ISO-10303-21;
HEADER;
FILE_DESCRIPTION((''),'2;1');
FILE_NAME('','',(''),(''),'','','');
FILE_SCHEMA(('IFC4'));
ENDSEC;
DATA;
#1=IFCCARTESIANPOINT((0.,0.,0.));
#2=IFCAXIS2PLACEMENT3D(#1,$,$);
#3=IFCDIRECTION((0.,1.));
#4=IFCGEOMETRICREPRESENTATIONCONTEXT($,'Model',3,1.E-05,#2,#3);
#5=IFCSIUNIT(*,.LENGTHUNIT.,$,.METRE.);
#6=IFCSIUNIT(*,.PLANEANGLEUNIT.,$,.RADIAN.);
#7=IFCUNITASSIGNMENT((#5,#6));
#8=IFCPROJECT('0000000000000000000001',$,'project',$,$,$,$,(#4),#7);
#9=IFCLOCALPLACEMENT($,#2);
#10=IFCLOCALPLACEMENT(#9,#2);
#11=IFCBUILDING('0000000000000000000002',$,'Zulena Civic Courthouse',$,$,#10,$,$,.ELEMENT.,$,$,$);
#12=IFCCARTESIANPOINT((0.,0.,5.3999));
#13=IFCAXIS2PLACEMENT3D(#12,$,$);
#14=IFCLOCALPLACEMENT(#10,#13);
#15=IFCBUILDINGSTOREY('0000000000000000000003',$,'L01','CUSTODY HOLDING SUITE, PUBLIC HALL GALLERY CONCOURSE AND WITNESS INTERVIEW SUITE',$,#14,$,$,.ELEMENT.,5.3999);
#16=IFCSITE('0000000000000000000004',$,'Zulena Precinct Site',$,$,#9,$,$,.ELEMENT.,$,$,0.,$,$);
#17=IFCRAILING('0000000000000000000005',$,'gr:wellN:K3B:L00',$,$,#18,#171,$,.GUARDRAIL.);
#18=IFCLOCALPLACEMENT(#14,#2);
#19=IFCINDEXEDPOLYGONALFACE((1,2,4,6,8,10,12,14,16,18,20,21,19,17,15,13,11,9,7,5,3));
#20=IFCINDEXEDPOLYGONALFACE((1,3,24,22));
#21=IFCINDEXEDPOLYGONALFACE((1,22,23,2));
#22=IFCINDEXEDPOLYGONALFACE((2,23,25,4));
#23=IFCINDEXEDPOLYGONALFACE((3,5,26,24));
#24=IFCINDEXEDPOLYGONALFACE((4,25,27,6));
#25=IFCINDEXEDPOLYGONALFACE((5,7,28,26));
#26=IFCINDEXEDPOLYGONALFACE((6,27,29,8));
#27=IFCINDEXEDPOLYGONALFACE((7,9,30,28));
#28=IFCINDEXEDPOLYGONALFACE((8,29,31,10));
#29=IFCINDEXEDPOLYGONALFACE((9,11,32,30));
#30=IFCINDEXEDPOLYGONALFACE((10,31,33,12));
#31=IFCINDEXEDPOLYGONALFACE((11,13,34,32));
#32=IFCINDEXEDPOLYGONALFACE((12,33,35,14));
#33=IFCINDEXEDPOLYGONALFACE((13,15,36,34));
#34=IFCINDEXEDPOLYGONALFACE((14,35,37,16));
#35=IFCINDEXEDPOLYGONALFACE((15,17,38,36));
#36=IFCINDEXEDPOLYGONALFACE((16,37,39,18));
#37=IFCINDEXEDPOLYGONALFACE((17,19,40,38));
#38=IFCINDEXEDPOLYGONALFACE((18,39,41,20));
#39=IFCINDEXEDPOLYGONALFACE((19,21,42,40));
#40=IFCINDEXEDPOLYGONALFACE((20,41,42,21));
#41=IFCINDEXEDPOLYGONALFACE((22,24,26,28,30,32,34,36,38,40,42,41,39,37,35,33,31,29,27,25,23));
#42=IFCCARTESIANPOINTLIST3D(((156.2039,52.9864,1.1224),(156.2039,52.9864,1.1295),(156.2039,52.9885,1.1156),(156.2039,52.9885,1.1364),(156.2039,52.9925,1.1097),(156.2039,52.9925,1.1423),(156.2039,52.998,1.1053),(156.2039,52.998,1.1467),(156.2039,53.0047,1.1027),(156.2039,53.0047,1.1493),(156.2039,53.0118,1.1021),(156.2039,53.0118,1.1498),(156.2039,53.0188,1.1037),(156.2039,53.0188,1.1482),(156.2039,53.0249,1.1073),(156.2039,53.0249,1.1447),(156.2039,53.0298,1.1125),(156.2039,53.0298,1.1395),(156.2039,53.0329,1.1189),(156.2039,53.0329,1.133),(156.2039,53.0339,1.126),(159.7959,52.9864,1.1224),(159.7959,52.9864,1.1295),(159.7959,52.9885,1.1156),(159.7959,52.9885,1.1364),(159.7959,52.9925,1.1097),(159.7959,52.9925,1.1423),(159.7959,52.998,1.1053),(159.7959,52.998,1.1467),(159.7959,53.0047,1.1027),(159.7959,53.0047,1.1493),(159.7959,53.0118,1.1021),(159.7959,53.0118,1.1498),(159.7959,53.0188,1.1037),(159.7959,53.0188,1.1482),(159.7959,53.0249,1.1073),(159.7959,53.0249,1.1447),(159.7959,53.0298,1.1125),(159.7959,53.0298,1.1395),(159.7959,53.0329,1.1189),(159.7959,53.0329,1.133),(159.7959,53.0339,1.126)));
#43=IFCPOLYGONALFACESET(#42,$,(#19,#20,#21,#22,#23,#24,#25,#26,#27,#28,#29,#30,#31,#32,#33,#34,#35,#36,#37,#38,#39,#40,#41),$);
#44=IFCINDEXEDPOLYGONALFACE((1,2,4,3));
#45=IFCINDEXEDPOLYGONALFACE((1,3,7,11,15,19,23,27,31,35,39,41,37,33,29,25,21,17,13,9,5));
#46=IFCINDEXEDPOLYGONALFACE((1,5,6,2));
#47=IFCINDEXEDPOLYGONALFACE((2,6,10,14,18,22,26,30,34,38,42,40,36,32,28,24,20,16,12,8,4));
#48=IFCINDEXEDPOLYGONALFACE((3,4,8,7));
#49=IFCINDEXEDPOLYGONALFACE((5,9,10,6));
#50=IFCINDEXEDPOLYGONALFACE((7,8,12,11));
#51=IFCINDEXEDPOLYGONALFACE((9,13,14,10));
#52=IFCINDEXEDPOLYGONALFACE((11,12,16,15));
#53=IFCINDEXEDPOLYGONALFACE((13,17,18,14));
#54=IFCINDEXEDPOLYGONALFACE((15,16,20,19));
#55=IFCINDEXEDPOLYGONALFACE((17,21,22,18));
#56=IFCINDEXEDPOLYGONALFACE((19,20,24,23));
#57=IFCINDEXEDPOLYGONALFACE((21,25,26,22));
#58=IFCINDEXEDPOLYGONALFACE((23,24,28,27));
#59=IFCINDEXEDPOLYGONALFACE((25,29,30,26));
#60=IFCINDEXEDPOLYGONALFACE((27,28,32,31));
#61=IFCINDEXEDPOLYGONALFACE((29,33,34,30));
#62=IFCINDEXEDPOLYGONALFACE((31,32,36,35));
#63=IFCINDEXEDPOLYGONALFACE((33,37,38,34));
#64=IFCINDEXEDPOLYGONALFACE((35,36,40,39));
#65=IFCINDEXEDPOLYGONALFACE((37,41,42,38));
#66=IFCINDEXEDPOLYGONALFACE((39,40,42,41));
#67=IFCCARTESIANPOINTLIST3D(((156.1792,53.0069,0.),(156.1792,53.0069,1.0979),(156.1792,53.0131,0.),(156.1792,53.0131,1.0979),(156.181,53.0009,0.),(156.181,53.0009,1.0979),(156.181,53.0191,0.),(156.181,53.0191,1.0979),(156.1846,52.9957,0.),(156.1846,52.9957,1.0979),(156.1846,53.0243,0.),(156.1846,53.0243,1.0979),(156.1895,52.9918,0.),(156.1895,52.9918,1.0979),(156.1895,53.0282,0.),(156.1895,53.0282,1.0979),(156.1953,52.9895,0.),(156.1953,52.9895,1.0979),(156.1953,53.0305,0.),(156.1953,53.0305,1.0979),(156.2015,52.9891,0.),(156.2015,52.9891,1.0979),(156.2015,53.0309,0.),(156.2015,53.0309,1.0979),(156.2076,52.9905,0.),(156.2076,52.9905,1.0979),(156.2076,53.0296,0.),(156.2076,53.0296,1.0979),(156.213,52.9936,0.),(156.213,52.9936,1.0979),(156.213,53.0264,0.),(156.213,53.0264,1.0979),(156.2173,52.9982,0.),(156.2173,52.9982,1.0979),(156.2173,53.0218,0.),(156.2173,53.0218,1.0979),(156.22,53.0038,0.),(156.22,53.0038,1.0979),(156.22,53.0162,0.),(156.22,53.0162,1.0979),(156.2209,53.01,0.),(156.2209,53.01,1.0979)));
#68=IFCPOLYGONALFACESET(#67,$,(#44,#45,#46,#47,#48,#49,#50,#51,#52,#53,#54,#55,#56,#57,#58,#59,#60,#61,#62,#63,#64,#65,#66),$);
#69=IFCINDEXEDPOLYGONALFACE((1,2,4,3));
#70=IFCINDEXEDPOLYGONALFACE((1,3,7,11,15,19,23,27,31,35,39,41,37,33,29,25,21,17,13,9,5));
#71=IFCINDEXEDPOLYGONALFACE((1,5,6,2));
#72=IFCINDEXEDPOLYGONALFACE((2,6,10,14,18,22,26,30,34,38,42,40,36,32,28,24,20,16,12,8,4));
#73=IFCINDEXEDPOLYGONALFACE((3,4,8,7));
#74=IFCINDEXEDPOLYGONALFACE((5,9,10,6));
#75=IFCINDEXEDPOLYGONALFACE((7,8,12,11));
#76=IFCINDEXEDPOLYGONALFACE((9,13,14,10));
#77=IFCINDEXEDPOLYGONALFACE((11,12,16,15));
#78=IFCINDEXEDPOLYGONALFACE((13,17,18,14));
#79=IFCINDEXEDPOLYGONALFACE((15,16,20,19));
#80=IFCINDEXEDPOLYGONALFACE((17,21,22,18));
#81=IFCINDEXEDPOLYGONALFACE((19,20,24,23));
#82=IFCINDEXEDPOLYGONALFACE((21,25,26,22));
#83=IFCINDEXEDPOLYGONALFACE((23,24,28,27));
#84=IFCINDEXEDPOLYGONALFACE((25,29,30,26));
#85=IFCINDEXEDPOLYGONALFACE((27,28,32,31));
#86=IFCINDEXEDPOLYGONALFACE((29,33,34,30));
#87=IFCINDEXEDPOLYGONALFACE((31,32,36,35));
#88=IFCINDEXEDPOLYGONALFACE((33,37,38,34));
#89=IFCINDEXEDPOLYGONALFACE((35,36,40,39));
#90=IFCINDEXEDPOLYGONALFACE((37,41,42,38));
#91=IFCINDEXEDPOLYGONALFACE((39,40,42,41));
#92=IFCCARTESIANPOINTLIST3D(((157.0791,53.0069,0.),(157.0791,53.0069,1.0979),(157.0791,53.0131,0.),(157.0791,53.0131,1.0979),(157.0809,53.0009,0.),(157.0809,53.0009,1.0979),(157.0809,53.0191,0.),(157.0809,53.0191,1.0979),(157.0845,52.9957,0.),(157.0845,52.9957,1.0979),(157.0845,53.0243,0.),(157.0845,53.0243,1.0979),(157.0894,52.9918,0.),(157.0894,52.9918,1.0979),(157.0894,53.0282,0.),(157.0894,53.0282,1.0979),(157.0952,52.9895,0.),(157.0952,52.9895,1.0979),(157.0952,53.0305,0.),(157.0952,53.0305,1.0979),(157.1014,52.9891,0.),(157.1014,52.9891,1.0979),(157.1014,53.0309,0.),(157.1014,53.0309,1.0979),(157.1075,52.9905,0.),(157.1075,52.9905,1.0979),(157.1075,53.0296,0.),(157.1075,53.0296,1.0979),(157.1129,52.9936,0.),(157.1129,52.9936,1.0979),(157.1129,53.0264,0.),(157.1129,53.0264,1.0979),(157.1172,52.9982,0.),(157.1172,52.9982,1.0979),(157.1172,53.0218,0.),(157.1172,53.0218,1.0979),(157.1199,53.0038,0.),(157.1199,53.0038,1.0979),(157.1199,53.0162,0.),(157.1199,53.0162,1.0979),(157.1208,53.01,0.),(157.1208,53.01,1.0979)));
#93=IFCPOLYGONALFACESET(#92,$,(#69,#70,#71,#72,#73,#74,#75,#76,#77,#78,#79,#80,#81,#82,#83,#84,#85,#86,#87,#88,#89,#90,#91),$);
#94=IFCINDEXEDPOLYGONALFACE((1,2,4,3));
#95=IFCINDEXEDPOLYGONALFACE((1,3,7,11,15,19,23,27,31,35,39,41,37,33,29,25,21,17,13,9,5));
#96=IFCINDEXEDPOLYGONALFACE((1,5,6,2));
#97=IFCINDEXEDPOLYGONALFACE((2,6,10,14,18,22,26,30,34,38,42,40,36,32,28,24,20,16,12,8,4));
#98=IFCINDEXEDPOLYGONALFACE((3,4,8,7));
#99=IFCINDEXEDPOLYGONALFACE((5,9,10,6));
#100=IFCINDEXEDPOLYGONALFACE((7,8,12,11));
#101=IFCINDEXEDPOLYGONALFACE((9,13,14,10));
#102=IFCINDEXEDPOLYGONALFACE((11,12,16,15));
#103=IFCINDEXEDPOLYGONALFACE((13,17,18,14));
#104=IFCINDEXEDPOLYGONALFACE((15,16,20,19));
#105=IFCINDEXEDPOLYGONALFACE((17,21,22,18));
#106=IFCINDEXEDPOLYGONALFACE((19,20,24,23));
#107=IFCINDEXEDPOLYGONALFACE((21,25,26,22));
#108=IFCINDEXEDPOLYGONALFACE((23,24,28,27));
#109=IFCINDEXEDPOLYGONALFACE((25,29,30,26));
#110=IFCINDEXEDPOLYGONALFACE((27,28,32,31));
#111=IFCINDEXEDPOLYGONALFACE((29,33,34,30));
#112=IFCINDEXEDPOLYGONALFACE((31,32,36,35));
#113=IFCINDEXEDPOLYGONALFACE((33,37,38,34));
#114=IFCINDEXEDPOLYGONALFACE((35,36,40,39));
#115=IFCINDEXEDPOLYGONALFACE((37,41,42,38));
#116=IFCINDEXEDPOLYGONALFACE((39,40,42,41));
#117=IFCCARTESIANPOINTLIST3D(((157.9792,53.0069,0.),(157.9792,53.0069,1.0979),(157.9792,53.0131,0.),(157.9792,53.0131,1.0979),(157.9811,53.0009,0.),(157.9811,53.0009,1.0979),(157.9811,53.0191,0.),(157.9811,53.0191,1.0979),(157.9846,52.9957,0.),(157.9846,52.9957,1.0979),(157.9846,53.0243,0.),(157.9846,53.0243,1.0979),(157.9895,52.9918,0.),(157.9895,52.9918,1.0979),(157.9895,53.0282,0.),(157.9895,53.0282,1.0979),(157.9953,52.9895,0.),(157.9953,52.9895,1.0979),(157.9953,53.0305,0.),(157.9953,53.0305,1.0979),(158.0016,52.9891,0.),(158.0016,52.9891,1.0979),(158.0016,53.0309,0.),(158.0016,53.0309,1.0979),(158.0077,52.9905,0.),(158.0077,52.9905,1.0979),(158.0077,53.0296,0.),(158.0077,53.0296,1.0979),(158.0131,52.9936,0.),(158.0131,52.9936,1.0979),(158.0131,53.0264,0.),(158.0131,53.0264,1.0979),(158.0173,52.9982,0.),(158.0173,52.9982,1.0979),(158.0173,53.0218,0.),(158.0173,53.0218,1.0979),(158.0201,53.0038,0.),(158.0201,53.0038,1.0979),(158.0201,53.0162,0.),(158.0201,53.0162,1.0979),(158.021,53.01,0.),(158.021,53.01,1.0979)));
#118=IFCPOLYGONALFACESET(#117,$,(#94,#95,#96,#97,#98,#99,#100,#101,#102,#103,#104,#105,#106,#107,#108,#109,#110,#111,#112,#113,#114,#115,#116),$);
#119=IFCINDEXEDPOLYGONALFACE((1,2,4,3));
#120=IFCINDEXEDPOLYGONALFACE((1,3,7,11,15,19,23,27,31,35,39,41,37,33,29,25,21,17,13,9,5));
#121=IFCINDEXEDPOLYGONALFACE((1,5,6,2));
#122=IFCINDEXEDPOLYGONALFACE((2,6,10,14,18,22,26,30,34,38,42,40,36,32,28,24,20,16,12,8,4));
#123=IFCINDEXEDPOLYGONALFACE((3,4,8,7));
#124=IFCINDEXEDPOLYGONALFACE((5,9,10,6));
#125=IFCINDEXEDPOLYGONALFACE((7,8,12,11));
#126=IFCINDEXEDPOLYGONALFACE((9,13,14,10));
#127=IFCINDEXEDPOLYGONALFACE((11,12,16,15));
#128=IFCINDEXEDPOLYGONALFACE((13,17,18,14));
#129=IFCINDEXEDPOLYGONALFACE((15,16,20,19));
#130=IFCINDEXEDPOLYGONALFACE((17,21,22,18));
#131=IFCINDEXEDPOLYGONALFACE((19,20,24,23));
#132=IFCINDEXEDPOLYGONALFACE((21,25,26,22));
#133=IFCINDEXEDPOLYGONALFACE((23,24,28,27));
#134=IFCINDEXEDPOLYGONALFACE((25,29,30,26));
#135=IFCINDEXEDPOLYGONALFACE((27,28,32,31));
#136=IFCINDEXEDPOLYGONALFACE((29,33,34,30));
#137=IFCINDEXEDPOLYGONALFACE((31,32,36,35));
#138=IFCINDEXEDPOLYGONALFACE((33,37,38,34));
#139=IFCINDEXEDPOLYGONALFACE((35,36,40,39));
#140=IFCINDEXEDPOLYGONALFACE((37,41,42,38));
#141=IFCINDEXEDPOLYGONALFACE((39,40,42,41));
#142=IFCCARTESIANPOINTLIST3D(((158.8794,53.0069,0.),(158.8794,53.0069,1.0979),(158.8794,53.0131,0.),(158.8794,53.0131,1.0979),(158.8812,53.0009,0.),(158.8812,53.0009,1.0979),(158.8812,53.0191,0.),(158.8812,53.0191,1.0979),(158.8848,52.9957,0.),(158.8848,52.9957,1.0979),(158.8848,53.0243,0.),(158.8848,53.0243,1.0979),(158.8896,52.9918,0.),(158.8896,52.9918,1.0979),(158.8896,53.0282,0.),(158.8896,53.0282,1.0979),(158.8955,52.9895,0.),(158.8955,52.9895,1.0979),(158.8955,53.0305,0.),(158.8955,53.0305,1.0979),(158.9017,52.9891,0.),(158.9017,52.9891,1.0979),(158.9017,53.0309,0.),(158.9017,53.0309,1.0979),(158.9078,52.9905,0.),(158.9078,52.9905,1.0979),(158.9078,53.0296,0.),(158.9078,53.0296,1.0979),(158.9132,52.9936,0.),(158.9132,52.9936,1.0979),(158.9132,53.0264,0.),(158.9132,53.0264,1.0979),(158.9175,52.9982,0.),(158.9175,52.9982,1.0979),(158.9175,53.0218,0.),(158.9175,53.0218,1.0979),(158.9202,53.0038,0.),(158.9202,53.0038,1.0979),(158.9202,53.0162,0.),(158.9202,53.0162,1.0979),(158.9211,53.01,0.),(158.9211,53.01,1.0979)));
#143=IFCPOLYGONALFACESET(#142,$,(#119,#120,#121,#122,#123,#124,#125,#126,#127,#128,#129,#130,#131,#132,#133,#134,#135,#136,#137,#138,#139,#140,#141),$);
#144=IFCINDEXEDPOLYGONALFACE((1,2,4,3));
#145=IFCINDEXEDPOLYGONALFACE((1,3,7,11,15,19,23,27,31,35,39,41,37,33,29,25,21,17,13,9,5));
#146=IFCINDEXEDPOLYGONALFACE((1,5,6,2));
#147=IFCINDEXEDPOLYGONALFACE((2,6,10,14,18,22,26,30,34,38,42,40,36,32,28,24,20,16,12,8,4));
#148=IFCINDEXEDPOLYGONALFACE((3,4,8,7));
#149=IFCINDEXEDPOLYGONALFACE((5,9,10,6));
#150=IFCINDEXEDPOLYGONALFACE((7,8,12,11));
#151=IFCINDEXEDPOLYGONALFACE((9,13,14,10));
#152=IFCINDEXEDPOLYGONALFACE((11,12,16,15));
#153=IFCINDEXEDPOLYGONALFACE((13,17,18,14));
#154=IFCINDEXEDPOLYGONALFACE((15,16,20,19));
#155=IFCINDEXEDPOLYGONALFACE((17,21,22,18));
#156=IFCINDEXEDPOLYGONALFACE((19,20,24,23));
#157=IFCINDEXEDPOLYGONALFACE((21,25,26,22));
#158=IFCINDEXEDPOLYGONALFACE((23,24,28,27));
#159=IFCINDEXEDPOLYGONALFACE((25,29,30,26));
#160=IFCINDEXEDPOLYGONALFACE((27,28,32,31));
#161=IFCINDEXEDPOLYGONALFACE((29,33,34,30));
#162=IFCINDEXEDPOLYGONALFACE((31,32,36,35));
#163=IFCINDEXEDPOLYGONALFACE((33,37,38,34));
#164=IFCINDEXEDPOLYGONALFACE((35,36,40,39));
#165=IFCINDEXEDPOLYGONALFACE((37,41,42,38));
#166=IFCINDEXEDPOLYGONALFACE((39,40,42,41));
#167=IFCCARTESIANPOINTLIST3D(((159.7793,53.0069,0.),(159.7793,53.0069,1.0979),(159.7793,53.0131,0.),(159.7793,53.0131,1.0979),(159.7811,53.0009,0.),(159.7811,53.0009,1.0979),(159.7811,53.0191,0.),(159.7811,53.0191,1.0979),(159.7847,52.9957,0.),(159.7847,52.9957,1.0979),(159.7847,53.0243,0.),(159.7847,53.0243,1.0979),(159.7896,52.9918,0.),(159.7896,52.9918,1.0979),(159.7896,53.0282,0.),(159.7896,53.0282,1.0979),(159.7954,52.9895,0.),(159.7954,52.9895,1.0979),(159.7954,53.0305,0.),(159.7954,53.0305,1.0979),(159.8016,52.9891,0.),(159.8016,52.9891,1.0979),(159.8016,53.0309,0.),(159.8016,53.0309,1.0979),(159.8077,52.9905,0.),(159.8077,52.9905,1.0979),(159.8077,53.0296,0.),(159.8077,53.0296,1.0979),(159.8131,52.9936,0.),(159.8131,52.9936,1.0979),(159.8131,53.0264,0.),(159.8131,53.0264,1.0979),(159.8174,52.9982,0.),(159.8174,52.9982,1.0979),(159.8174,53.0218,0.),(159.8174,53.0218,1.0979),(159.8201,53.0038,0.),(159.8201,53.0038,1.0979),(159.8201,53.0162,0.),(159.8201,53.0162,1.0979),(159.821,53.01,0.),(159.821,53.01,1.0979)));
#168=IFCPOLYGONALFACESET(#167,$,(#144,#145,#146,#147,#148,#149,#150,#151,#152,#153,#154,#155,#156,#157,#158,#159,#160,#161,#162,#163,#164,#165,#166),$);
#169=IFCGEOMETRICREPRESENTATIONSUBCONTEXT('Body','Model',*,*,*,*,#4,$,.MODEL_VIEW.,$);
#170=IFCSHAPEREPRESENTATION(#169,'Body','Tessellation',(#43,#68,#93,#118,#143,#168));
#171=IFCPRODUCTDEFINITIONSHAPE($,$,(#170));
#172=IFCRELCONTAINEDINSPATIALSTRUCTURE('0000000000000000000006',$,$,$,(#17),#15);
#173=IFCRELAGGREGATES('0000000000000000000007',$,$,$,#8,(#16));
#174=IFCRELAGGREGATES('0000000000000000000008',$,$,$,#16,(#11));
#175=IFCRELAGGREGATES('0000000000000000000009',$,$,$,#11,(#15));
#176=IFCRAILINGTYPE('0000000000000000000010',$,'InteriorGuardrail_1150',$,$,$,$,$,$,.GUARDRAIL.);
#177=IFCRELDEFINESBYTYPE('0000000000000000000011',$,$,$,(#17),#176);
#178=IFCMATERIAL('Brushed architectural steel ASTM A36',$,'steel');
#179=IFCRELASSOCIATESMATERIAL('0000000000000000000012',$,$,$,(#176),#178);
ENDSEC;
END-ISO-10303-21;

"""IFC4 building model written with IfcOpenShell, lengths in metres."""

from ifc_helpers import new_model, si_unit, direction, frame, origin, origin_2d, place, context, subcontext, project, spatial, circle, extrude, material, type_object, element, save


model = new_model("IFC4")

# Units and contexts
model_context = context("Model", 3, precision=1e-05, world=origin(), true_north=direction((0.0, 1.0)))
body_context = subcontext(model_context, "Body", "Model", "MODEL_VIEW")
ifc_project = project(units=[si_unit("LENGTHUNIT", "METRE"), si_unit("PLANEANGLEUNIT", "RADIAN")], contexts=[model_context])

# Site, building, storey
site_placement = place(None, origin())
site = spatial("IfcSite", under=ifc_project, at=site_placement, Name="Zulena Precinct Site", CompositionType="ELEMENT", RefElevation=0.0)
building_placement = place(site_placement, origin())
building = spatial("IfcBuilding", under=site, at=building_placement, Name="Zulena Civic Courthouse", CompositionType="ELEMENT")
storey_placement = place(building_placement, frame((0.0, 0.0, 5.3999)))
storey = spatial("IfcBuildingStorey", under=building, at=storey_placement, Name="L01", Description="CUSTODY HOLDING SUITE, PUBLIC HALL GALLERY CONCOURSE AND WITNESS INTERVIEW SUITE", CompositionType="ELEMENT", Elevation=5.3999)

# Railing
ifc_material_1 = material(Name="Brushed architectural steel ASTM A36", Category="steel")
railing_type_1 = type_object("IfcRailingType", Name="InteriorGuardrail_1150", PredefinedType="GUARDRAIL", material=ifc_material_1)
railing_1_placement = place(storey_placement, frame((156.2, 53.01, 0.0)))
element("IfcRailing", 1, at=railing_1_placement, inside=storey, type_object=railing_type_1, Name="gr:wellN:K3B:L00", PredefinedType="GUARDRAIL", context=body_context, shape_type="SweptSolid", body=[
    extrude(circle(Radius=0.0239, at=origin_2d()), frame((0.0039, 0.0, 1.126), z_axis=(1.0, 0.0, 0.0), x_axis=(0.0, 1.0, 0.0)), (0.0, 0.0, 1.0), 3.592),
    extrude(circle(Radius=0.021, at=origin_2d()), origin(), (0.0, 0.0, 1.0), 1.0979),
    extrude(circle(Radius=0.021, at=origin_2d()), frame((0.8999, 0.0, 0.0)), (0.0, 0.0, 1.0), 1.0979),
    extrude(circle(Radius=0.021, at=origin_2d()), frame((1.8, 0.0, 0.0)), (0.0, 0.0, 1.0), 1.0979),
    extrude(circle(Radius=0.021, at=origin_2d()), frame((2.7002, 0.0, 0.0)), (0.0, 0.0, 1.0), 1.0979),
    extrude(circle(Radius=0.021, at=origin_2d()), frame((3.6001, 0.0, 0.0)), (0.0, 0.0, 1.0), 1.0979),
])

save(model, "model.ifc")
